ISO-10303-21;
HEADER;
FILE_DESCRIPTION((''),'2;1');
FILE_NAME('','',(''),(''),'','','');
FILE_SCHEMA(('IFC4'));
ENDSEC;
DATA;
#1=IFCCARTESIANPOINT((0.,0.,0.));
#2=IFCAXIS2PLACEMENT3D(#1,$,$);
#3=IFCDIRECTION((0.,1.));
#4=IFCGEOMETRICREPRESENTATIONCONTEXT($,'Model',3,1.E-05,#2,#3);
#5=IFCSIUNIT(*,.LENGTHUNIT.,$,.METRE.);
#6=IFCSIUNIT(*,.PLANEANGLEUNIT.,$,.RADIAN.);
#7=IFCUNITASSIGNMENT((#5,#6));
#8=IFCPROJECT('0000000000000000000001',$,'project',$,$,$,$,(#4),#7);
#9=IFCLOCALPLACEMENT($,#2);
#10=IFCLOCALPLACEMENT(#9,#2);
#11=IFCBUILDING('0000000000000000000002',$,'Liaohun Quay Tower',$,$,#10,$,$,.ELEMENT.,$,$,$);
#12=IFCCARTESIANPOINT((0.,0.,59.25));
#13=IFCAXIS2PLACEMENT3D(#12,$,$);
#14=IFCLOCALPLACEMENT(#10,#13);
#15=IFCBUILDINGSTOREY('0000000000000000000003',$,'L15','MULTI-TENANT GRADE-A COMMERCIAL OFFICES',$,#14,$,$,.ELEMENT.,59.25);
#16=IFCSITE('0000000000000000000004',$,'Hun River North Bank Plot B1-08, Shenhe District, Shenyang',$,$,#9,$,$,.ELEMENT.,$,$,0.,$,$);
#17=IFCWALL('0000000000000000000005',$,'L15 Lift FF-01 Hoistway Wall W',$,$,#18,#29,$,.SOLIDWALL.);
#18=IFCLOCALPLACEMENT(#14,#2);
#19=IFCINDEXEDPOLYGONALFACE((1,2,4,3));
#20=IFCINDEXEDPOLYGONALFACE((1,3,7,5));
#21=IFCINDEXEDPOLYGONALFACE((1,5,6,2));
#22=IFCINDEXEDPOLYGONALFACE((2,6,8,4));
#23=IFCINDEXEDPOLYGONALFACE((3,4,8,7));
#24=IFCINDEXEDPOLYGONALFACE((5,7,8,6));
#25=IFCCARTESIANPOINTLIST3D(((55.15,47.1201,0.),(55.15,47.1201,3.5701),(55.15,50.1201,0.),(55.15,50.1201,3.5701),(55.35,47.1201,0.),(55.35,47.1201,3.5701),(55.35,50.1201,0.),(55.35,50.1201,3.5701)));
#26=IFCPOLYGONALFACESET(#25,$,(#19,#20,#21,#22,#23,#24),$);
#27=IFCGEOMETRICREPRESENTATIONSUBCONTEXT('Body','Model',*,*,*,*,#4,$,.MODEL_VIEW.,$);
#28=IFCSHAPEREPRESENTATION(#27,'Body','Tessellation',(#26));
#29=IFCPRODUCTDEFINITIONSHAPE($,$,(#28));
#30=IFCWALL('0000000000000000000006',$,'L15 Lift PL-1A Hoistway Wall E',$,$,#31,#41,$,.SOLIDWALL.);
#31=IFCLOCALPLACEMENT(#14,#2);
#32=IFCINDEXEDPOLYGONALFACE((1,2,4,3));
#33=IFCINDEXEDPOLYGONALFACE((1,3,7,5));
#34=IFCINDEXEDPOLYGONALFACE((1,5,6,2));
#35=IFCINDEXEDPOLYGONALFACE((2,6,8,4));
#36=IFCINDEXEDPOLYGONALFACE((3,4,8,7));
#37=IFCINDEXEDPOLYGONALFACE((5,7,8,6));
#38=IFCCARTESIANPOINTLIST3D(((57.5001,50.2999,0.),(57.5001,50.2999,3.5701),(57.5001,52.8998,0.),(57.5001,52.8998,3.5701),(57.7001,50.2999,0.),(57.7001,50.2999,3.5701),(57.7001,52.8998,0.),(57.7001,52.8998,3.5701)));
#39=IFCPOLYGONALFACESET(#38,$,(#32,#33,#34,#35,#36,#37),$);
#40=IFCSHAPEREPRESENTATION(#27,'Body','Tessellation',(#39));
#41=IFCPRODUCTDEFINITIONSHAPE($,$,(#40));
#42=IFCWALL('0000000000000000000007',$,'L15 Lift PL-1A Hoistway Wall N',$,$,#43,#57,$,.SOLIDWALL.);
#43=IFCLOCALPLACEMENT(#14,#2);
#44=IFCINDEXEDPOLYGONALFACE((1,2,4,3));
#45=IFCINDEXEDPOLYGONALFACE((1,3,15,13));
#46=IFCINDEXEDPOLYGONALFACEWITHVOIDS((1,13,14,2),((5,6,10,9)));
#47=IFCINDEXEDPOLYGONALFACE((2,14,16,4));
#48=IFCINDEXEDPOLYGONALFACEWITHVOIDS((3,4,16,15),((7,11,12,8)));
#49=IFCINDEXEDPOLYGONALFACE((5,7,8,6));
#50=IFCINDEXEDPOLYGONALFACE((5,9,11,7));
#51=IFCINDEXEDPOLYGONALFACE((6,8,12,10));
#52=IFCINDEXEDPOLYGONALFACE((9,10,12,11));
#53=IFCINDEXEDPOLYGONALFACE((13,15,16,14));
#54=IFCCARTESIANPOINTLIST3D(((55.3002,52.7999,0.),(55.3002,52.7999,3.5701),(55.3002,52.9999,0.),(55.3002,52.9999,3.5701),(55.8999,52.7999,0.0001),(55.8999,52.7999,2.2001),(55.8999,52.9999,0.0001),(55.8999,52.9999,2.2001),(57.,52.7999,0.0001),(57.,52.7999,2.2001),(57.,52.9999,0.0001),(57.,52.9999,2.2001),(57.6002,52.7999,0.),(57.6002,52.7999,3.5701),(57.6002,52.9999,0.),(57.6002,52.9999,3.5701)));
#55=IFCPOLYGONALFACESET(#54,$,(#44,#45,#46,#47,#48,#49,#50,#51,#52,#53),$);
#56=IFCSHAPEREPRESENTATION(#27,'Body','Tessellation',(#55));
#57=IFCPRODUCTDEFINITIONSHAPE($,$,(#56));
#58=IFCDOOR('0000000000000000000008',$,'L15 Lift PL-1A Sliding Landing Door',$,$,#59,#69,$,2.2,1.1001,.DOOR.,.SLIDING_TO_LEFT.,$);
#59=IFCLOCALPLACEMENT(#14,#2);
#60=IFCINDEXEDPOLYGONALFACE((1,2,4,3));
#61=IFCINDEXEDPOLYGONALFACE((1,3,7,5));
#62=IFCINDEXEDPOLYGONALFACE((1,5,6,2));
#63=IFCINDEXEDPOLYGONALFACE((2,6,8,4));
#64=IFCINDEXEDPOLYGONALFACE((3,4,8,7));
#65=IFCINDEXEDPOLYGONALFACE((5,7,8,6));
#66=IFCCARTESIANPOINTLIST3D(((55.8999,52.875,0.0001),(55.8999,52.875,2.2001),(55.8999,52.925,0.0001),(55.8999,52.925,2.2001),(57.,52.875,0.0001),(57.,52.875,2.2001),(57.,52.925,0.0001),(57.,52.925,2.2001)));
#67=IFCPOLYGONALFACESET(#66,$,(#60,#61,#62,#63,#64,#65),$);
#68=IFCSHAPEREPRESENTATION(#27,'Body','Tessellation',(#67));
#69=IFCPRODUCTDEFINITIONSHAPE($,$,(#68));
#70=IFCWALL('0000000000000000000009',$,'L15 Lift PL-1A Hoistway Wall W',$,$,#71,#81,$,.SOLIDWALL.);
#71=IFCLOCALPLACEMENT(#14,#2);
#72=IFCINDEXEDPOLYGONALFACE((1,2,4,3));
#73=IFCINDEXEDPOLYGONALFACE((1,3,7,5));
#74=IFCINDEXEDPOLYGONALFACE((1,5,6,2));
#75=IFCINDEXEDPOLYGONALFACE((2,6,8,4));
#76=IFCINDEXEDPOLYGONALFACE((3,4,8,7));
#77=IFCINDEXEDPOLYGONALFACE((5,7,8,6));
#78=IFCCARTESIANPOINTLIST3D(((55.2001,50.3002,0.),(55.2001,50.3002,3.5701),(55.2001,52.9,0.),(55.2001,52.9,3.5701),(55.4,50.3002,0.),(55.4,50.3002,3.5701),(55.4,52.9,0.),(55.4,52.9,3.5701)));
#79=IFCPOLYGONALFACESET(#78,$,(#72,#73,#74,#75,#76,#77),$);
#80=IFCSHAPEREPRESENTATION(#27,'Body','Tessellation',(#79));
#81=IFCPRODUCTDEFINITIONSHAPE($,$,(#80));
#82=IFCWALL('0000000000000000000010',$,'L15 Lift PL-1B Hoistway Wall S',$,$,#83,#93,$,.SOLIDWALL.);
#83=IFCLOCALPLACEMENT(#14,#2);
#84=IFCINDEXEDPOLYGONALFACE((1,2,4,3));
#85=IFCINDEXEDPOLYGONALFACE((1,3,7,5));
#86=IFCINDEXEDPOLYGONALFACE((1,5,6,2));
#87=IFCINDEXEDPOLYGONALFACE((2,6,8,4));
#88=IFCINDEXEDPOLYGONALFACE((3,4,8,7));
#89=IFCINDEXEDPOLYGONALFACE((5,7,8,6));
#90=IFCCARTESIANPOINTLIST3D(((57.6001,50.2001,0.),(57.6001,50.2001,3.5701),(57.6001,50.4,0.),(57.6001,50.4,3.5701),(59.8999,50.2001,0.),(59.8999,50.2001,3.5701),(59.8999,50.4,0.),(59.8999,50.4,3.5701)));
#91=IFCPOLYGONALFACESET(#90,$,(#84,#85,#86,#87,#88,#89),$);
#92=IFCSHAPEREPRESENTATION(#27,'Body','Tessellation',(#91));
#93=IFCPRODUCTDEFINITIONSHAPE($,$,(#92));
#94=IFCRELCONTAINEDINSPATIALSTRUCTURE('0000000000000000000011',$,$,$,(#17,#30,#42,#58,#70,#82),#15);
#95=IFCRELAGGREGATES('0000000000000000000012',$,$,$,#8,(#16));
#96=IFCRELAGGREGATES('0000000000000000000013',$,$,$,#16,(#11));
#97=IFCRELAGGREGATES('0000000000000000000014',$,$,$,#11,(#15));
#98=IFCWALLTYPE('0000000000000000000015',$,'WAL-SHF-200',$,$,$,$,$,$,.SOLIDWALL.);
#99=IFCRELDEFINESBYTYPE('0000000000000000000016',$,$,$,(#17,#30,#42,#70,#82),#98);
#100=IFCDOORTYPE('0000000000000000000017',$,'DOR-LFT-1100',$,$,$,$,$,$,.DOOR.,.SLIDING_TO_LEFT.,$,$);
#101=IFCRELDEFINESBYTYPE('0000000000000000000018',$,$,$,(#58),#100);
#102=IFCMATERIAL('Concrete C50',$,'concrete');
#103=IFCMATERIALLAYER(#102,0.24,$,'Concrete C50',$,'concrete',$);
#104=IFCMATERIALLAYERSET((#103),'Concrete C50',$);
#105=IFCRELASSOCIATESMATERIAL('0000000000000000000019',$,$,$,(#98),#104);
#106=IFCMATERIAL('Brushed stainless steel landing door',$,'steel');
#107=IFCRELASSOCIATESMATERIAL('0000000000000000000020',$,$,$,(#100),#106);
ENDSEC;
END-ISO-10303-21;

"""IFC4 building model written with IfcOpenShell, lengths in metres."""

from ifc_helpers import new_model, si_unit, direction, frame, frame_2d, origin, place, context, subcontext, project, spatial, rectangle, extrude, source, transform, mapped, material, layer, layer_set, type_object, element, fill, save


model = new_model("IFC4")

# Units and contexts
model_context = context("Model", 3, precision=1e-05, world=origin(), true_north=direction((0.0, 1.0)))
body_context = subcontext(model_context, "Body", "Model", "MODEL_VIEW")
ifc_project = project(units=[si_unit("LENGTHUNIT", "METRE"), si_unit("PLANEANGLEUNIT", "RADIAN")], contexts=[model_context])

# Site, building, storey
site_placement = place(None, origin())
site = spatial("IfcSite", under=ifc_project, at=site_placement, Name="Hun River North Bank Plot B1-08, Shenhe District, Shenyang", CompositionType="ELEMENT", RefElevation=0.0)
building_placement = place(site_placement, origin())
building = spatial("IfcBuilding", under=site, at=building_placement, Name="Liaohun Quay Tower", CompositionType="ELEMENT")
storey_placement = place(building_placement, frame((0.0, 0.0, 59.25)))
storey = spatial("IfcBuildingStorey", under=building, at=storey_placement, Name="L15", Description="MULTI-TENANT GRADE-A COMMERCIAL OFFICES", CompositionType="ELEMENT", Elevation=59.25)

# Shared definitions
ifc_material_1 = material(Name="Concrete C50", Category="concrete")
ifc_layer_1 = layer(ifc_material_1, 0.24, Name="Concrete C50", Category="concrete")
ifc_layer_set_1 = layer_set([ifc_layer_1], Name="Concrete C50")
wall_type_1 = type_object("IfcWallType", Name="WAL-SHF-200", PredefinedType="SOLIDWALL", material=ifc_layer_set_1)

# Walls
wall_1_placement = place(storey_placement, frame((55.25, 50.1201, 0.0), z_axis=(0.0, 0.0, 1.0), x_axis=(0.0, -1.0, 0.0)))
element("IfcWall", 1, at=wall_1_placement, inside=storey, type_object=wall_type_1, Name="L15 Lift FF-01 Hoistway Wall W", PredefinedType="SOLIDWALL", context=body_context, shape_type="SweptSolid", body=[
    extrude(rectangle(XDim=3.0, YDim=0.2, at=frame_2d((1.5, 0.0))), origin(), (0.0, 0.0, 1.0), 3.5701),
])
wall_2_placement = place(storey_placement, frame((57.6001, 50.3, 0.0), z_axis=(0.0, 0.0, 1.0), x_axis=(0.0, 1.0, 0.0)))
element("IfcWall", 2, at=wall_2_placement, inside=storey, type_object=wall_type_1, Name="L15 Lift PL-1A Hoistway Wall E", PredefinedType="SOLIDWALL", context=body_context, shape_type="SweptSolid", body=[
    extrude(rectangle(XDim=2.5999, YDim=0.2, at=frame_2d((1.2998, 0.0))), origin(), (0.0, 0.0, 1.0), 3.5701),
])

# Wall, opening, door
wall_3_placement = place(storey_placement, frame((57.6001, 52.8999, 0.0), z_axis=(0.0, 0.0, 1.0), x_axis=(-1.0, 0.0, 0.0)))
wall_3 = element("IfcWall", 3, at=wall_3_placement, inside=storey, type_object=wall_type_1, Name="L15 Lift PL-1A Hoistway Wall N", PredefinedType="SOLIDWALL", context=body_context, shape_type="SweptSolid", body=[
    extrude(rectangle(XDim=2.3, YDim=0.2, at=frame_2d((1.1499, 0.0))), origin(), (0.0, 0.0, 1.0), 3.5701),
])
shared_shape_1 = source(origin(), body_context, "Body", "SweptSolid", [
    extrude(rectangle(XDim=1.1001, YDim=2.2, at=frame_2d((0.55, 1.1001))), frame((0.0, 0.1099, 0.0), z_axis=(0.0, -1.0, 0.0), x_axis=(1.0, 0.0, 0.0)), (0.0, 0.0, 1.0), 0.22),
])
opening_1_placement = place(wall_3_placement, frame((0.6001, 0.0, 0.0)))
opening_1 = element("IfcOpeningElement", 4, at=opening_1_placement, cuts=wall_3, PredefinedType="OPENING", context=body_context, shape_type="MappedRepresentation", body=[
    mapped(shared_shape_1, transform((0.0, 0.0, 0.0), x_axis=(1.0, 0.0, 0.0), y_axis=(0.0, 1.0, 0.0), z_axis=(0.0, 0.0, 1.0), scale=1.0)),
])
ifc_material_2 = material(Name="Brushed stainless steel landing door", Category="steel")
door_type_1 = type_object("IfcDoorType", Name="DOR-LFT-1100", OperationType="SLIDING_TO_LEFT", PredefinedType="DOOR", material=ifc_material_2)
shared_shape_2 = source(origin(), body_context, "Body", "SweptSolid", [
    extrude(rectangle(XDim=1.1001, YDim=2.2, at=frame_2d((0.55, 1.1001))), frame((0.0, 0.0249, 0.0), z_axis=(0.0, -1.0, 0.0), x_axis=(1.0, 0.0, 0.0)), (0.0, 0.0, 1.0), 0.05),
])
door_1_placement = place(opening_1_placement, origin())
door_1 = element("IfcDoor", 5, at=door_1_placement, inside=storey, type_object=door_type_1, Name="L15 Lift PL-1A Sliding Landing Door", OperationType="SLIDING_TO_LEFT", OverallHeight=2.2, OverallWidth=1.1001, PredefinedType="DOOR", context=body_context, shape_type="MappedRepresentation", body=[
    mapped(shared_shape_2, transform((0.0, 0.0, 0.0), x_axis=(1.0, 0.0, 0.0), y_axis=(0.0, 1.0, 0.0), z_axis=(0.0, 0.0, 1.0), scale=1.0)),
])
fill(opening_1, door_1)

# Walls
wall_4_placement = place(storey_placement, frame((55.3, 52.8999, 0.0), z_axis=(0.0, 0.0, 1.0), x_axis=(0.0, -1.0, 0.0)))
element("IfcWall", 6, at=wall_4_placement, inside=storey, type_object=wall_type_1, Name="L15 Lift PL-1A Hoistway Wall W", PredefinedType="SOLIDWALL", context=body_context, shape_type="SweptSolid", body=[
    extrude(rectangle(XDim=2.5999, YDim=0.2, at=frame_2d((1.2998, 0.0))), origin(), (0.0, 0.0, 1.0), 3.5701),
])
wall_5_placement = place(storey_placement, frame((57.6001, 50.3, 0.0), z_axis=(0.0, 0.0, 1.0), x_axis=(1.0, 0.0, 0.0)))
element("IfcWall", 7, at=wall_5_placement, inside=storey, type_object=wall_type_1, Name="L15 Lift PL-1B Hoistway Wall S", PredefinedType="SOLIDWALL", context=body_context, shape_type="SweptSolid", body=[
    extrude(rectangle(XDim=2.2998, YDim=0.2, at=frame_2d((1.1499, 0.0))), origin(), (0.0, 0.0, 1.0), 3.5701),
])

save(model, "model.ifc")
